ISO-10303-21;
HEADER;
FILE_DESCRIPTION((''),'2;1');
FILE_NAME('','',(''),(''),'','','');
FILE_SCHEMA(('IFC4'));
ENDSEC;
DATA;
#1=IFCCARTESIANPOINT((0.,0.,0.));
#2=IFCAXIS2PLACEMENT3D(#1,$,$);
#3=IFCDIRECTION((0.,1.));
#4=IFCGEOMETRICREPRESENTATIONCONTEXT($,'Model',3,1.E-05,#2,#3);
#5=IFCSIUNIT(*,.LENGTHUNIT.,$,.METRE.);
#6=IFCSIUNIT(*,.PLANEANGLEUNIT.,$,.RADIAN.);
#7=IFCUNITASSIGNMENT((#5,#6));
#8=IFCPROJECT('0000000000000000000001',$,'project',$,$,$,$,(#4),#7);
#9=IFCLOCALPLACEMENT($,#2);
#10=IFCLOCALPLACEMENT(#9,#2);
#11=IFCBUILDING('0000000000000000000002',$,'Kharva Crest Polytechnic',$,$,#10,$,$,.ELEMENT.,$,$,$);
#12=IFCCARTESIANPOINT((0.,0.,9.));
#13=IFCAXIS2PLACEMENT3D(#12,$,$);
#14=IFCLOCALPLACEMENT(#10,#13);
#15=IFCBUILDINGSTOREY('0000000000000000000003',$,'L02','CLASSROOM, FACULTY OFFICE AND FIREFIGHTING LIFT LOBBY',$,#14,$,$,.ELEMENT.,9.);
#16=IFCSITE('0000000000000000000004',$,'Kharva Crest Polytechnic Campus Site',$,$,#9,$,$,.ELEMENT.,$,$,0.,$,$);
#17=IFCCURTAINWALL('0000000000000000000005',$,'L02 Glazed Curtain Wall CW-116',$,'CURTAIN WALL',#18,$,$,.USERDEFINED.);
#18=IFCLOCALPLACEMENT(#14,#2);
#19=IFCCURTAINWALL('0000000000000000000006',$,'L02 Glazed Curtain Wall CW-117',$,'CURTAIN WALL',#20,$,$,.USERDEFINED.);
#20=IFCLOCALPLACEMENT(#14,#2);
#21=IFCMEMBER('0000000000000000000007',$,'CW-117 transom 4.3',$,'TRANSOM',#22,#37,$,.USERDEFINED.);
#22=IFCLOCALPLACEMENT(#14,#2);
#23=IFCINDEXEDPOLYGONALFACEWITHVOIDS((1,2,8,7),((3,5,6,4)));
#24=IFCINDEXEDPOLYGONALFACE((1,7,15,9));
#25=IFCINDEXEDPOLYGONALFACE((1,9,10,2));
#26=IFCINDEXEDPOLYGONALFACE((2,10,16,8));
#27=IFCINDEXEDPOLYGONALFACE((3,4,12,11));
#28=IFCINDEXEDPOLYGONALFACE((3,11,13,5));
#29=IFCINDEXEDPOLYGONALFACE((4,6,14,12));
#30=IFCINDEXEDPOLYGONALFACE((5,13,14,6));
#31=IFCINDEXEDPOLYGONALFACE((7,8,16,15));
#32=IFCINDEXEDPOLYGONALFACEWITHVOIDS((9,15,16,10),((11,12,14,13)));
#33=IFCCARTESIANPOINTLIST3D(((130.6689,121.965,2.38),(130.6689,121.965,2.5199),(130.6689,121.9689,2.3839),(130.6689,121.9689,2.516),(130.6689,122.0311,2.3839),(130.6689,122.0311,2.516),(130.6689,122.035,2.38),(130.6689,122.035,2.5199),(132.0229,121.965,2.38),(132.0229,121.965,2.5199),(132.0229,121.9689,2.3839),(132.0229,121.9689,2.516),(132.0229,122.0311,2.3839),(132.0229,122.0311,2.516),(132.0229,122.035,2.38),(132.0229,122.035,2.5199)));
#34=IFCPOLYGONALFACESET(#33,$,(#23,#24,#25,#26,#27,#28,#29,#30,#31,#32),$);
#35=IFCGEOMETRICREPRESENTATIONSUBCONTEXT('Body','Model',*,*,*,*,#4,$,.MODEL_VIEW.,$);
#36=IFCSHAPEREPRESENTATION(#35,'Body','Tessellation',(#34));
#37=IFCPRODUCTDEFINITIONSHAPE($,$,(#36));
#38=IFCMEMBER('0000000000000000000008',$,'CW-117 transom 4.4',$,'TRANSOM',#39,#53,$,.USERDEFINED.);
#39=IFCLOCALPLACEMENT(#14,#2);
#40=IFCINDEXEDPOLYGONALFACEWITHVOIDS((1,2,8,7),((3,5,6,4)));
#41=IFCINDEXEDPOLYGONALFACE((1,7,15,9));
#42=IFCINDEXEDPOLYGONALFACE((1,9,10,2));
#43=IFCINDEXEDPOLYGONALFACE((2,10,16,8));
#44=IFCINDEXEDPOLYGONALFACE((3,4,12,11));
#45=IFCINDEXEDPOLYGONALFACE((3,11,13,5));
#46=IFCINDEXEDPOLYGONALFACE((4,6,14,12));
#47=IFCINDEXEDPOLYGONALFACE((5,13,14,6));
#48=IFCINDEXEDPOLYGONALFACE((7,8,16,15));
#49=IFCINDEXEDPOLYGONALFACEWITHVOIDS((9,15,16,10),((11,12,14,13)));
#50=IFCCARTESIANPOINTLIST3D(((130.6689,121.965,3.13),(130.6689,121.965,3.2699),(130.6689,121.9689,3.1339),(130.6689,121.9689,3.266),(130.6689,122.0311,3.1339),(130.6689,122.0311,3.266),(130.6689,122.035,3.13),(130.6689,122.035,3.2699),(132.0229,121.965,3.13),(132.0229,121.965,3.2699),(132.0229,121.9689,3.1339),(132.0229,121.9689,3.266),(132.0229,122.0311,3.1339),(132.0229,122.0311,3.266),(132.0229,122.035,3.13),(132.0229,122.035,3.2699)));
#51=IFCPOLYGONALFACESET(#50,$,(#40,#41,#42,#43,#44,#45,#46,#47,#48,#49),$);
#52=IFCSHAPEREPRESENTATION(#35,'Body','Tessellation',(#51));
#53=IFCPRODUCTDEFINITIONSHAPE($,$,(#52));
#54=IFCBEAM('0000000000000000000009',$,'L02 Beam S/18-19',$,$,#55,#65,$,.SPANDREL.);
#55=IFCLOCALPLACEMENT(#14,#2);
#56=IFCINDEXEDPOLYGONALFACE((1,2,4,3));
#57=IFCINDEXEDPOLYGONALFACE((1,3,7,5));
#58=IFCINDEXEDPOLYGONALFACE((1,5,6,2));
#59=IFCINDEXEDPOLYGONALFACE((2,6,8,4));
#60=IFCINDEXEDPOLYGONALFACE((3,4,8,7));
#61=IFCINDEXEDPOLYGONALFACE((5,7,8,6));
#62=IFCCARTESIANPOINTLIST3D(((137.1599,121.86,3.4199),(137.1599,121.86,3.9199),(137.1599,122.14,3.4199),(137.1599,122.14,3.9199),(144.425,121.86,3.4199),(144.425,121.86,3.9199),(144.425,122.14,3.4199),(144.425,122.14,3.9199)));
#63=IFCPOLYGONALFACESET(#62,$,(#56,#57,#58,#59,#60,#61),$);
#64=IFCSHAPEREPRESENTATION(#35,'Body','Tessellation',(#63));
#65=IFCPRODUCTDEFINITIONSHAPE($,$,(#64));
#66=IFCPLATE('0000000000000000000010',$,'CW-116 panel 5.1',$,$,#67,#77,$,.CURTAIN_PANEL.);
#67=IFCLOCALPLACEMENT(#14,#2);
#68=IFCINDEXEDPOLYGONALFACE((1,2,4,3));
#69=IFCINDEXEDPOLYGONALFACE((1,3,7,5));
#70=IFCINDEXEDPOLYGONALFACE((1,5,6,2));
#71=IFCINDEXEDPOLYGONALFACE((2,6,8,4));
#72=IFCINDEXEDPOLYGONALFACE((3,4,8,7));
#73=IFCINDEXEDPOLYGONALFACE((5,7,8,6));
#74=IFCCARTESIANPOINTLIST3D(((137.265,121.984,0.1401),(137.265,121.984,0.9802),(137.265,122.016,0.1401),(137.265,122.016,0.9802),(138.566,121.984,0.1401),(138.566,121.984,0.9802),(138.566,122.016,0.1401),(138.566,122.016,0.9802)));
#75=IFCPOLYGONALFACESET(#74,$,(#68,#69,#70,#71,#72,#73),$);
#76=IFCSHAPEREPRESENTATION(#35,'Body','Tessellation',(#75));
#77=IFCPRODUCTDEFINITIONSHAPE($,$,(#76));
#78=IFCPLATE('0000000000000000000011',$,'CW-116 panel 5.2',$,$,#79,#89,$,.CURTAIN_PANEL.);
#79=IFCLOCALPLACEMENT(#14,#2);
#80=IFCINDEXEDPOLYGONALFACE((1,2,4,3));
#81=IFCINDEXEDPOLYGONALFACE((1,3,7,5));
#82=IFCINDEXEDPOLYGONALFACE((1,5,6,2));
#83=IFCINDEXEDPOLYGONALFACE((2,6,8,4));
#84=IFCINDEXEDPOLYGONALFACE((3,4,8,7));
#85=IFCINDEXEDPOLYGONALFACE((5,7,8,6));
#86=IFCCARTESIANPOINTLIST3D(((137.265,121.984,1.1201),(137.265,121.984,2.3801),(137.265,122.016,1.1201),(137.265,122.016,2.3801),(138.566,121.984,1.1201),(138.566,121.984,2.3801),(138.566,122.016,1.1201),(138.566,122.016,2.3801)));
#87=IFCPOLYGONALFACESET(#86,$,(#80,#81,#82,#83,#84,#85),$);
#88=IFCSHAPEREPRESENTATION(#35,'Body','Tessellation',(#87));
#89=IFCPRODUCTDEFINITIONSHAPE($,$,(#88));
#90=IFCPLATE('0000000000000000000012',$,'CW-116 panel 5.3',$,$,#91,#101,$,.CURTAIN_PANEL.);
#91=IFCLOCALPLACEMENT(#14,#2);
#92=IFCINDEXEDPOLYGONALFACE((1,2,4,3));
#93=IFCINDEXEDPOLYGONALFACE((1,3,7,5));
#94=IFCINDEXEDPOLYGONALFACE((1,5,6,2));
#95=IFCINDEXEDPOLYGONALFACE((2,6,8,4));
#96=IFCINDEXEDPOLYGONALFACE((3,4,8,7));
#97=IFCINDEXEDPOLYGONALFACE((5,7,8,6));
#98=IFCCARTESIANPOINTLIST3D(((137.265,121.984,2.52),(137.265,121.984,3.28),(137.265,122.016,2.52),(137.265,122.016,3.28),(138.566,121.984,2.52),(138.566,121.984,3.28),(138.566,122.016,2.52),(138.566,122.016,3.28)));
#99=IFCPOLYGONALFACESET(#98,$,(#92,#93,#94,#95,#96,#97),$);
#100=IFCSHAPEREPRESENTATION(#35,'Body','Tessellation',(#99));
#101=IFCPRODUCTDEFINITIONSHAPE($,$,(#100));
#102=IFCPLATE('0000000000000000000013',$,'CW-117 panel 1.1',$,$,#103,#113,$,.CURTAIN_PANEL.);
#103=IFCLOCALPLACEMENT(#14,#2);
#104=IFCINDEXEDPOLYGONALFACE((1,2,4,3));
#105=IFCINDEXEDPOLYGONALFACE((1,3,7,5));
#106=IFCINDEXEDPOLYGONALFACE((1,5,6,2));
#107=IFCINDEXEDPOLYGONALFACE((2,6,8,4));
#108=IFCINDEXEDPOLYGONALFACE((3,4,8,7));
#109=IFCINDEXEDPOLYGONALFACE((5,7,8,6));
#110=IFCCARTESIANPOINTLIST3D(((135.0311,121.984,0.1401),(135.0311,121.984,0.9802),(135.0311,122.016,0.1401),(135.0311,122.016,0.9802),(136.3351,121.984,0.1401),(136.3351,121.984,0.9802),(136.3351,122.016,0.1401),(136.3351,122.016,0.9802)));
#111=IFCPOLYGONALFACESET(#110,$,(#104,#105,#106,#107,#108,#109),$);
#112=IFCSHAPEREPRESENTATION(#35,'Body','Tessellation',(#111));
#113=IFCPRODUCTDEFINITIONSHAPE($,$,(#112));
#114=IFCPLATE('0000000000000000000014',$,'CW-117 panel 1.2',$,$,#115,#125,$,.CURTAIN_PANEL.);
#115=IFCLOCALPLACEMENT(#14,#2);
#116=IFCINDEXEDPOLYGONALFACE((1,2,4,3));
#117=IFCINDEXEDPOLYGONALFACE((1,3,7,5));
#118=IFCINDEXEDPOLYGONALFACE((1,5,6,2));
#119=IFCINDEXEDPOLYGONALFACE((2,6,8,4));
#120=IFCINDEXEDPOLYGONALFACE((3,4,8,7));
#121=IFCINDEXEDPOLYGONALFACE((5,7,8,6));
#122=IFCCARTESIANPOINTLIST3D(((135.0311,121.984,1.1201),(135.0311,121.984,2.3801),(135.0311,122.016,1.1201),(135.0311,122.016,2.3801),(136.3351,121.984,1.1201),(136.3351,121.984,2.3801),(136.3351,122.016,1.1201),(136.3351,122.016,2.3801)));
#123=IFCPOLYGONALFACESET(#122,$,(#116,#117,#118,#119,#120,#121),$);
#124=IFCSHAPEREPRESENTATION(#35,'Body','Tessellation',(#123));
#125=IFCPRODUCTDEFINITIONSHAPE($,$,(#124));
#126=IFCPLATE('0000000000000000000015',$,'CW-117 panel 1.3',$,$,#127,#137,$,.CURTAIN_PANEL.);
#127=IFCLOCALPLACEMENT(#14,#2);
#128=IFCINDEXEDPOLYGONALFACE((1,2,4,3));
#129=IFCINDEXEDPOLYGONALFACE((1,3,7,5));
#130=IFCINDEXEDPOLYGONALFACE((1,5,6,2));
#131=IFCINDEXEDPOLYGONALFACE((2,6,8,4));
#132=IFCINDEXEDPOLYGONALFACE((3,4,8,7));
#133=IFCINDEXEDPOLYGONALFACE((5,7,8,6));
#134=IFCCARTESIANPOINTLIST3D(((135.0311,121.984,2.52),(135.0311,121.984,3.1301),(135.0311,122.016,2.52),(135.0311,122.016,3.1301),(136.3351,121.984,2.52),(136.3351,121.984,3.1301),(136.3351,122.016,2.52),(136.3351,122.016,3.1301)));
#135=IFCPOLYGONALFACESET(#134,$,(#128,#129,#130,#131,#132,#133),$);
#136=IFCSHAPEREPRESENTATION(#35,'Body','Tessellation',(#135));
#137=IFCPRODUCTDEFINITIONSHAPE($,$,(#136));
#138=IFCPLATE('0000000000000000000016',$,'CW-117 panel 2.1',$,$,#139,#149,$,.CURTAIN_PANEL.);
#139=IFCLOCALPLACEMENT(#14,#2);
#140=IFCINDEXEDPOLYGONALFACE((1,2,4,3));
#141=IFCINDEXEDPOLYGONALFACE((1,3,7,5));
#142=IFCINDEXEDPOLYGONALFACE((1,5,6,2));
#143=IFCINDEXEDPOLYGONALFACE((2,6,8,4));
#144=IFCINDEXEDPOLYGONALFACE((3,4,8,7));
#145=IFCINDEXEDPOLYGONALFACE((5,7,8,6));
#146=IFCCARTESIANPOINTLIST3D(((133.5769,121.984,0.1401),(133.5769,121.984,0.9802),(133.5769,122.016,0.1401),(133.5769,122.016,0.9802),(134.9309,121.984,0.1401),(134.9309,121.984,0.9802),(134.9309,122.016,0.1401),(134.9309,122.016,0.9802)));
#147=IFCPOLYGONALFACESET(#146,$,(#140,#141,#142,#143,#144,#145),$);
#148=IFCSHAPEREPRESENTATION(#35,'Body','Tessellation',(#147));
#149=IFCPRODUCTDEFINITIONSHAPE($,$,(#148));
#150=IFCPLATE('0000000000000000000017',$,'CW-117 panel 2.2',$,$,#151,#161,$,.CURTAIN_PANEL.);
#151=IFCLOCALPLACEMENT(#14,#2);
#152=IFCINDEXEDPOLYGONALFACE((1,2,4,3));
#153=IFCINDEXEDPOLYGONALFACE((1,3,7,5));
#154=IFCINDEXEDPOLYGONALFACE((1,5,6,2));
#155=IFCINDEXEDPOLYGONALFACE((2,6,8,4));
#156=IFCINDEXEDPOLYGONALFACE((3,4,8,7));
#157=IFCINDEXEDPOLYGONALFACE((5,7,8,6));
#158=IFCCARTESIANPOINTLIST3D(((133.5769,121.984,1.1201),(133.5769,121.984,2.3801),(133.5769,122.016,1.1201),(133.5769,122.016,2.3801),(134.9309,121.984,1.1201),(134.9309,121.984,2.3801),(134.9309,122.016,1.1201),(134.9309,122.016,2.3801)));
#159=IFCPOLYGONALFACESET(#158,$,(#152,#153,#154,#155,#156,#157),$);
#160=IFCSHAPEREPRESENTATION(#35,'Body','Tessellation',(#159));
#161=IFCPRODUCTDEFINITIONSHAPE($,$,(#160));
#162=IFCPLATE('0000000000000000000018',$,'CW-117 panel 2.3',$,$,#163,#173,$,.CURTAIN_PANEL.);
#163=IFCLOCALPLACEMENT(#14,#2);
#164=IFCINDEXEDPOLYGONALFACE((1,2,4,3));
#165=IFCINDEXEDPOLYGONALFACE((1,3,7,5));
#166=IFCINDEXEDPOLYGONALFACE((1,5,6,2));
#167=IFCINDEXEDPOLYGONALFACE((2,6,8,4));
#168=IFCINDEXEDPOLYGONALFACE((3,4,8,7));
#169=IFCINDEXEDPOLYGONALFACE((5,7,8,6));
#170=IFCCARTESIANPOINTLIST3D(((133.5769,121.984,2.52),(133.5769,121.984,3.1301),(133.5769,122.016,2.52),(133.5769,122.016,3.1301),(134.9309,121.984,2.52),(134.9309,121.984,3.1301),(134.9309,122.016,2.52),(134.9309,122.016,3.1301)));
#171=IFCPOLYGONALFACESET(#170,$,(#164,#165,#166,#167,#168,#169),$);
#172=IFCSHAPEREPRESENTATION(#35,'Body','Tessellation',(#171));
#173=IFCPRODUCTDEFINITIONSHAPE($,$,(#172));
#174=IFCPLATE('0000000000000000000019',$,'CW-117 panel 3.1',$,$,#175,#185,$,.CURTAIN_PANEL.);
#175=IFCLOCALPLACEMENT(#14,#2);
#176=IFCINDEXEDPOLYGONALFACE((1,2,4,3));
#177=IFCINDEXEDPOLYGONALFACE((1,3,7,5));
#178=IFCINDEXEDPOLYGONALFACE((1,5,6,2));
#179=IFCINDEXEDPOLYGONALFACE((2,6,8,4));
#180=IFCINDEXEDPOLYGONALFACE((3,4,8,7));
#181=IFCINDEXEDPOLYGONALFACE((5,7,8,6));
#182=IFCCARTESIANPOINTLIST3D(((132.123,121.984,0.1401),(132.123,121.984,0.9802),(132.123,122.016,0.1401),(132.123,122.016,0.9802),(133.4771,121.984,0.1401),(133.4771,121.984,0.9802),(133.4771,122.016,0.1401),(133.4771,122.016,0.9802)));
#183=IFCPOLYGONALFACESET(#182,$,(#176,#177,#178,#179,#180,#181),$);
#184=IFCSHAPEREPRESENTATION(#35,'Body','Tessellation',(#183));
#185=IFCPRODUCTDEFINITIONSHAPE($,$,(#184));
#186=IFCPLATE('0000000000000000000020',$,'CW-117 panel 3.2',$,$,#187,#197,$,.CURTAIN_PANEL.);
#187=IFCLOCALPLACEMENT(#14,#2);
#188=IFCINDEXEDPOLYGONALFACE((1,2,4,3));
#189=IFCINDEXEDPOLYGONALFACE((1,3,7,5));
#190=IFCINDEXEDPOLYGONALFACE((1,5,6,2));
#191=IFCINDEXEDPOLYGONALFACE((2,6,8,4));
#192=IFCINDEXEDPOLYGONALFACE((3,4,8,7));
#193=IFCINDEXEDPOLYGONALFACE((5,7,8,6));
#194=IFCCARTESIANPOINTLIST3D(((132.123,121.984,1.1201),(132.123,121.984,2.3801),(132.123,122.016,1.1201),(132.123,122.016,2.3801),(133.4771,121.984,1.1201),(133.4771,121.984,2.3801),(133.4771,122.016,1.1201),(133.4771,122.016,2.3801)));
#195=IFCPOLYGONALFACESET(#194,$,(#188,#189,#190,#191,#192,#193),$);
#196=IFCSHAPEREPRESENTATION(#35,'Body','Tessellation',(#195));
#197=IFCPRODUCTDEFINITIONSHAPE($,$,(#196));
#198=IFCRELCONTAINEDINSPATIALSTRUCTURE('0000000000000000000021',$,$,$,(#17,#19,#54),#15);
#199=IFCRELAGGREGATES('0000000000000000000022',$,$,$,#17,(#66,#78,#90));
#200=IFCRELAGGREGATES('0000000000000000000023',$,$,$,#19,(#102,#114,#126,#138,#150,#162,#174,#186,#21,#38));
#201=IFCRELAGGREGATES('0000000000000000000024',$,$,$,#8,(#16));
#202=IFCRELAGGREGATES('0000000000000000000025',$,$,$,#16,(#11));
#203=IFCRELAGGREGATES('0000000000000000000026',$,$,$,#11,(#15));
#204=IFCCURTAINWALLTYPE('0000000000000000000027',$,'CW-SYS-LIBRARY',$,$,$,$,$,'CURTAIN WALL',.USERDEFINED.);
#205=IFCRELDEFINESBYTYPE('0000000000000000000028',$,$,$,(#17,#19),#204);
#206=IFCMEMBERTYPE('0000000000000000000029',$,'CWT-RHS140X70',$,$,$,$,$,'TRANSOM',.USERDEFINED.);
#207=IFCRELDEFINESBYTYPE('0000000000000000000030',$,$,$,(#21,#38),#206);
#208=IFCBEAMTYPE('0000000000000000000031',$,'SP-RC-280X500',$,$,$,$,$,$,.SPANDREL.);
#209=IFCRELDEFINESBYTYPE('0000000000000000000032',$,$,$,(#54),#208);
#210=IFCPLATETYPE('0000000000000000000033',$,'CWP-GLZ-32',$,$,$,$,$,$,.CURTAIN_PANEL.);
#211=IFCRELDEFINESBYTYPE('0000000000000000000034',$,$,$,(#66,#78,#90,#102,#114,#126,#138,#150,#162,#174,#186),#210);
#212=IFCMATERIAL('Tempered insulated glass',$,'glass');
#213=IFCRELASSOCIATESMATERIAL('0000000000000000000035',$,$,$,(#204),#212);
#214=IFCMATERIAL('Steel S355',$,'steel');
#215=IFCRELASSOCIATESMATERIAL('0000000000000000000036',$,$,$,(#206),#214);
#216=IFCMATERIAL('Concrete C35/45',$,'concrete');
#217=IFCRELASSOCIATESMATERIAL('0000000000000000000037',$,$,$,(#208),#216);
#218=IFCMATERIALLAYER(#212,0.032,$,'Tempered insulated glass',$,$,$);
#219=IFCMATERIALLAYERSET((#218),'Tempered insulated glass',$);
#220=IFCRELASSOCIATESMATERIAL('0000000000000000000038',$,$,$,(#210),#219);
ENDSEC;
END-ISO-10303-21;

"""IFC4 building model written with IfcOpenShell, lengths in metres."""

from ifc_helpers import new_model, si_unit, direction, frame, origin, origin_2d, place, context, subcontext, project, spatial, rectangle, hollow_rectangle, extrude, material, layer, layer_set, material_profile, profile_set, type_object, element, aggregate, save


model = new_model("IFC4")

# Units and contexts
model_context = context("Model", 3, precision=1e-05, world=origin(), true_north=direction((0.0, 1.0)))
body_context = subcontext(model_context, "Body", "Model", "MODEL_VIEW")
ifc_project = project(units=[si_unit("LENGTHUNIT", "METRE"), si_unit("PLANEANGLEUNIT", "RADIAN")], contexts=[model_context])

# Site, building, storey
site_placement = place(None, origin())
site = spatial("IfcSite", under=ifc_project, at=site_placement, Name="Kharva Crest Polytechnic Campus Site", CompositionType="ELEMENT", RefElevation=0.0)
building_placement = place(site_placement, origin())
building = spatial("IfcBuilding", under=site, at=building_placement, Name="Kharva Crest Polytechnic", CompositionType="ELEMENT")
storey_placement = place(building_placement, frame((0.0, 0.0, 9.0)))
storey = spatial("IfcBuildingStorey", under=building, at=storey_placement, Name="L02", Description="CLASSROOM, FACULTY OFFICE AND FIREFIGHTING LIFT LOBBY", CompositionType="ELEMENT", Elevation=9.0)

# Curtain wall
ifc_material_1 = material(Name="Tempered insulated glass", Category="glass")
curtain_wall_type = type_object("IfcCurtainWallType", Name="CW-SYS-LIBRARY", ElementType="CURTAIN WALL", PredefinedType="USERDEFINED", material=ifc_material_1)
curtain_wall_1_placement = place(storey_placement, origin())
curtain_wall_1 = element("IfcCurtainWall", 1, at=curtain_wall_1_placement, inside=storey, type_object=curtain_wall_type, Name="L02 Glazed Curtain Wall CW-116", ObjectType="CURTAIN WALL", PredefinedType="USERDEFINED")
ifc_material_2 = material(Name="Steel S355", Category="steel")

# Curtain wall, members
curtain_wall_2_placement = place(storey_placement, origin())
curtain_wall_2 = element("IfcCurtainWall", 2, at=curtain_wall_2_placement, inside=storey, type_object=curtain_wall_type, Name="L02 Glazed Curtain Wall CW-117", ObjectType="CURTAIN WALL", PredefinedType="USERDEFINED")
ifc_material_profile_1 = material_profile(ifc_material_2, hollow_rectangle(XDim=0.0701, YDim=0.1399, WallThickness=0.0039, at=origin_2d()), Name="RHS 140X70X4.0")
ifc_profile_set_1 = profile_set([ifc_material_profile_1], Name="Steel S355")
member_type_1 = type_object("IfcMemberType", Name="CWT-RHS140X70", ElementType="TRANSOM", PredefinedType="USERDEFINED", material=ifc_profile_set_1)
member_1_placement = place(storey_placement, frame((132.0229, 122.0, 2.45), z_axis=(-1.0, 0.0, 0.0), x_axis=(0.0, -1.0, 0.0)))
member_1 = element("IfcMember", 3, at=member_1_placement, type_object=member_type_1, Name="CW-117 transom 4.3", ObjectType="TRANSOM", PredefinedType="USERDEFINED", context=body_context, shape_type="SweptSolid", body=[
    extrude(hollow_rectangle(XDim=0.0701, YDim=0.1399, WallThickness=0.0039, at=origin_2d()), origin(), (0.0, 0.0, 1.0), 1.354),
])
member_2_placement = place(storey_placement, frame((132.0229, 122.0, 3.2), z_axis=(-1.0, 0.0, 0.0), x_axis=(0.0, -1.0, 0.0)))
member_2 = element("IfcMember", 4, at=member_2_placement, type_object=member_type_1, Name="CW-117 transom 4.4", ObjectType="TRANSOM", PredefinedType="USERDEFINED", context=body_context, shape_type="SweptSolid", body=[
    extrude(hollow_rectangle(XDim=0.0701, YDim=0.1399, WallThickness=0.0039, at=origin_2d()), origin(), (0.0, 0.0, 1.0), 1.354),
])

# Beam
ifc_material_3 = material(Name="Concrete C35/45", Category="concrete")
ifc_material_profile_2 = material_profile(ifc_material_3, rectangle(XDim=0.28, YDim=0.5, at=origin_2d()), Name="RECT 280 X 500")
ifc_profile_set_2 = profile_set([ifc_material_profile_2], Name="Concrete C35/45")
beam_type = type_object("IfcBeamType", Name="SP-RC-280X500", PredefinedType="SPANDREL", material=ifc_profile_set_2)
beam_placement = place(storey_placement, frame((137.1599, 122.0, 3.6699), z_axis=(1.0, 0.0, 0.0), x_axis=(0.0, 1.0, 0.0)))
element("IfcBeam", 5, at=beam_placement, inside=storey, type_object=beam_type, Name="L02 Beam S/18-19", PredefinedType="SPANDREL", context=body_context, shape_type="SweptSolid", body=[
    extrude(rectangle(XDim=0.28, YDim=0.5, at=origin_2d()), origin(), (0.0, 0.0, 1.0), 7.2651),
])

# Plates
ifc_layer = layer(ifc_material_1, 0.032, Name="Tempered insulated glass")
ifc_layer_set = layer_set([ifc_layer], Name="Tempered insulated glass")
plate_type = type_object("IfcPlateType", Name="CWP-GLZ-32", PredefinedType="CURTAIN_PANEL", material=ifc_layer_set)
plate_1_placement = place(storey_placement, frame((137.9155, 122.0, 0.1401), z_axis=(0.0, 0.0, 1.0), x_axis=(-1.0, 0.0, 0.0)))
plate_1 = element("IfcPlate", 6, at=plate_1_placement, type_object=plate_type, Name="CW-116 panel 5.1", PredefinedType="CURTAIN_PANEL", context=body_context, shape_type="SweptSolid", body=[
    extrude(rectangle(XDim=1.301, YDim=0.032, at=origin_2d()), origin(), (0.0, 0.0, 1.0), 0.8401),
])
plate_2_placement = place(storey_placement, frame((137.9155, 122.0, 1.1201), z_axis=(0.0, 0.0, 1.0), x_axis=(-1.0, 0.0, 0.0)))
plate_2 = element("IfcPlate", 7, at=plate_2_placement, type_object=plate_type, Name="CW-116 panel 5.2", PredefinedType="CURTAIN_PANEL", context=body_context, shape_type="SweptSolid", body=[
    extrude(rectangle(XDim=1.301, YDim=0.032, at=origin_2d()), origin(), (0.0, 0.0, 1.0), 1.26),
])
plate_3_placement = place(storey_placement, frame((137.9155, 122.0, 2.52), z_axis=(0.0, 0.0, 1.0), x_axis=(-1.0, 0.0, 0.0)))
plate_3 = element("IfcPlate", 8, at=plate_3_placement, type_object=plate_type, Name="CW-116 panel 5.3", PredefinedType="CURTAIN_PANEL", context=body_context, shape_type="SweptSolid", body=[
    extrude(rectangle(XDim=1.301, YDim=0.032, at=origin_2d()), origin(), (0.0, 0.0, 1.0), 0.76),
])
aggregate(curtain_wall_1, [plate_1, plate_2, plate_3])
plate_4_placement = place(storey_placement, frame((135.6831, 122.0, 0.1401), z_axis=(0.0, 0.0, 1.0), x_axis=(-1.0, 0.0, 0.0)))
plate_4 = element("IfcPlate", 9, at=plate_4_placement, type_object=plate_type, Name="CW-117 panel 1.1", PredefinedType="CURTAIN_PANEL", context=body_context, shape_type="SweptSolid", body=[
    extrude(rectangle(XDim=1.304, YDim=0.032, at=origin_2d()), origin(), (0.0, 0.0, 1.0), 0.8401),
])
plate_5_placement = place(storey_placement, frame((135.6831, 122.0, 1.1201), z_axis=(0.0, 0.0, 1.0), x_axis=(-1.0, 0.0, 0.0)))
plate_5 = element("IfcPlate", 10, at=plate_5_placement, type_object=plate_type, Name="CW-117 panel 1.2", PredefinedType="CURTAIN_PANEL", context=body_context, shape_type="SweptSolid", body=[
    extrude(rectangle(XDim=1.304, YDim=0.032, at=origin_2d()), origin(), (0.0, 0.0, 1.0), 1.26),
])
plate_6_placement = place(storey_placement, frame((135.6831, 122.0, 2.52), z_axis=(0.0, 0.0, 1.0), x_axis=(-1.0, 0.0, 0.0)))
plate_6 = element("IfcPlate", 11, at=plate_6_placement, type_object=plate_type, Name="CW-117 panel 1.3", PredefinedType="CURTAIN_PANEL", context=body_context, shape_type="SweptSolid", body=[
    extrude(rectangle(XDim=1.304, YDim=0.032, at=origin_2d()), origin(), (0.0, 0.0, 1.0), 0.6101),
])
plate_7_placement = place(storey_placement, frame((134.2539, 122.0, 0.1401), z_axis=(0.0, 0.0, 1.0), x_axis=(-1.0, 0.0, 0.0)))
plate_7 = element("IfcPlate", 12, at=plate_7_placement, type_object=plate_type, Name="CW-117 panel 2.1", PredefinedType="CURTAIN_PANEL", context=body_context, shape_type="SweptSolid", body=[
    extrude(rectangle(XDim=1.354, YDim=0.032, at=origin_2d()), origin(), (0.0, 0.0, 1.0), 0.8401),
])
plate_8_placement = place(storey_placement, frame((134.2539, 122.0, 1.1201), z_axis=(0.0, 0.0, 1.0), x_axis=(-1.0, 0.0, 0.0)))
plate_8 = element("IfcPlate", 13, at=plate_8_placement, type_object=plate_type, Name="CW-117 panel 2.2", PredefinedType="CURTAIN_PANEL", context=body_context, shape_type="SweptSolid", body=[
    extrude(rectangle(XDim=1.354, YDim=0.032, at=origin_2d()), origin(), (0.0, 0.0, 1.0), 1.26),
])
plate_9_placement = place(storey_placement, frame((134.2539, 122.0, 2.52), z_axis=(0.0, 0.0, 1.0), x_axis=(-1.0, 0.0, 0.0)))
plate_9 = element("IfcPlate", 14, at=plate_9_placement, type_object=plate_type, Name="CW-117 panel 2.3", PredefinedType="CURTAIN_PANEL", context=body_context, shape_type="SweptSolid", body=[
    extrude(rectangle(XDim=1.354, YDim=0.032, at=origin_2d()), origin(), (0.0, 0.0, 1.0), 0.6101),
])
plate_10_placement = place(storey_placement, frame((132.8, 122.0, 0.1401), z_axis=(0.0, 0.0, 1.0), x_axis=(-1.0, 0.0, 0.0)))
plate_10 = element("IfcPlate", 15, at=plate_10_placement, type_object=plate_type, Name="CW-117 panel 3.1", PredefinedType="CURTAIN_PANEL", context=body_context, shape_type="SweptSolid", body=[
    extrude(rectangle(XDim=1.354, YDim=0.032, at=origin_2d()), origin(), (0.0, 0.0, 1.0), 0.8401),
])
plate_11_placement = place(storey_placement, frame((132.8, 122.0, 1.1201), z_axis=(0.0, 0.0, 1.0), x_axis=(-1.0, 0.0, 0.0)))
plate_11 = element("IfcPlate", 16, at=plate_11_placement, type_object=plate_type, Name="CW-117 panel 3.2", PredefinedType="CURTAIN_PANEL", context=body_context, shape_type="SweptSolid", body=[
    extrude(rectangle(XDim=1.354, YDim=0.032, at=origin_2d()), origin(), (0.0, 0.0, 1.0), 1.26),
])
aggregate(curtain_wall_2, [plate_4, plate_5, plate_6, plate_7, plate_8, plate_9, plate_10, plate_11, member_1, member_2])

save(model, "model.ifc")
